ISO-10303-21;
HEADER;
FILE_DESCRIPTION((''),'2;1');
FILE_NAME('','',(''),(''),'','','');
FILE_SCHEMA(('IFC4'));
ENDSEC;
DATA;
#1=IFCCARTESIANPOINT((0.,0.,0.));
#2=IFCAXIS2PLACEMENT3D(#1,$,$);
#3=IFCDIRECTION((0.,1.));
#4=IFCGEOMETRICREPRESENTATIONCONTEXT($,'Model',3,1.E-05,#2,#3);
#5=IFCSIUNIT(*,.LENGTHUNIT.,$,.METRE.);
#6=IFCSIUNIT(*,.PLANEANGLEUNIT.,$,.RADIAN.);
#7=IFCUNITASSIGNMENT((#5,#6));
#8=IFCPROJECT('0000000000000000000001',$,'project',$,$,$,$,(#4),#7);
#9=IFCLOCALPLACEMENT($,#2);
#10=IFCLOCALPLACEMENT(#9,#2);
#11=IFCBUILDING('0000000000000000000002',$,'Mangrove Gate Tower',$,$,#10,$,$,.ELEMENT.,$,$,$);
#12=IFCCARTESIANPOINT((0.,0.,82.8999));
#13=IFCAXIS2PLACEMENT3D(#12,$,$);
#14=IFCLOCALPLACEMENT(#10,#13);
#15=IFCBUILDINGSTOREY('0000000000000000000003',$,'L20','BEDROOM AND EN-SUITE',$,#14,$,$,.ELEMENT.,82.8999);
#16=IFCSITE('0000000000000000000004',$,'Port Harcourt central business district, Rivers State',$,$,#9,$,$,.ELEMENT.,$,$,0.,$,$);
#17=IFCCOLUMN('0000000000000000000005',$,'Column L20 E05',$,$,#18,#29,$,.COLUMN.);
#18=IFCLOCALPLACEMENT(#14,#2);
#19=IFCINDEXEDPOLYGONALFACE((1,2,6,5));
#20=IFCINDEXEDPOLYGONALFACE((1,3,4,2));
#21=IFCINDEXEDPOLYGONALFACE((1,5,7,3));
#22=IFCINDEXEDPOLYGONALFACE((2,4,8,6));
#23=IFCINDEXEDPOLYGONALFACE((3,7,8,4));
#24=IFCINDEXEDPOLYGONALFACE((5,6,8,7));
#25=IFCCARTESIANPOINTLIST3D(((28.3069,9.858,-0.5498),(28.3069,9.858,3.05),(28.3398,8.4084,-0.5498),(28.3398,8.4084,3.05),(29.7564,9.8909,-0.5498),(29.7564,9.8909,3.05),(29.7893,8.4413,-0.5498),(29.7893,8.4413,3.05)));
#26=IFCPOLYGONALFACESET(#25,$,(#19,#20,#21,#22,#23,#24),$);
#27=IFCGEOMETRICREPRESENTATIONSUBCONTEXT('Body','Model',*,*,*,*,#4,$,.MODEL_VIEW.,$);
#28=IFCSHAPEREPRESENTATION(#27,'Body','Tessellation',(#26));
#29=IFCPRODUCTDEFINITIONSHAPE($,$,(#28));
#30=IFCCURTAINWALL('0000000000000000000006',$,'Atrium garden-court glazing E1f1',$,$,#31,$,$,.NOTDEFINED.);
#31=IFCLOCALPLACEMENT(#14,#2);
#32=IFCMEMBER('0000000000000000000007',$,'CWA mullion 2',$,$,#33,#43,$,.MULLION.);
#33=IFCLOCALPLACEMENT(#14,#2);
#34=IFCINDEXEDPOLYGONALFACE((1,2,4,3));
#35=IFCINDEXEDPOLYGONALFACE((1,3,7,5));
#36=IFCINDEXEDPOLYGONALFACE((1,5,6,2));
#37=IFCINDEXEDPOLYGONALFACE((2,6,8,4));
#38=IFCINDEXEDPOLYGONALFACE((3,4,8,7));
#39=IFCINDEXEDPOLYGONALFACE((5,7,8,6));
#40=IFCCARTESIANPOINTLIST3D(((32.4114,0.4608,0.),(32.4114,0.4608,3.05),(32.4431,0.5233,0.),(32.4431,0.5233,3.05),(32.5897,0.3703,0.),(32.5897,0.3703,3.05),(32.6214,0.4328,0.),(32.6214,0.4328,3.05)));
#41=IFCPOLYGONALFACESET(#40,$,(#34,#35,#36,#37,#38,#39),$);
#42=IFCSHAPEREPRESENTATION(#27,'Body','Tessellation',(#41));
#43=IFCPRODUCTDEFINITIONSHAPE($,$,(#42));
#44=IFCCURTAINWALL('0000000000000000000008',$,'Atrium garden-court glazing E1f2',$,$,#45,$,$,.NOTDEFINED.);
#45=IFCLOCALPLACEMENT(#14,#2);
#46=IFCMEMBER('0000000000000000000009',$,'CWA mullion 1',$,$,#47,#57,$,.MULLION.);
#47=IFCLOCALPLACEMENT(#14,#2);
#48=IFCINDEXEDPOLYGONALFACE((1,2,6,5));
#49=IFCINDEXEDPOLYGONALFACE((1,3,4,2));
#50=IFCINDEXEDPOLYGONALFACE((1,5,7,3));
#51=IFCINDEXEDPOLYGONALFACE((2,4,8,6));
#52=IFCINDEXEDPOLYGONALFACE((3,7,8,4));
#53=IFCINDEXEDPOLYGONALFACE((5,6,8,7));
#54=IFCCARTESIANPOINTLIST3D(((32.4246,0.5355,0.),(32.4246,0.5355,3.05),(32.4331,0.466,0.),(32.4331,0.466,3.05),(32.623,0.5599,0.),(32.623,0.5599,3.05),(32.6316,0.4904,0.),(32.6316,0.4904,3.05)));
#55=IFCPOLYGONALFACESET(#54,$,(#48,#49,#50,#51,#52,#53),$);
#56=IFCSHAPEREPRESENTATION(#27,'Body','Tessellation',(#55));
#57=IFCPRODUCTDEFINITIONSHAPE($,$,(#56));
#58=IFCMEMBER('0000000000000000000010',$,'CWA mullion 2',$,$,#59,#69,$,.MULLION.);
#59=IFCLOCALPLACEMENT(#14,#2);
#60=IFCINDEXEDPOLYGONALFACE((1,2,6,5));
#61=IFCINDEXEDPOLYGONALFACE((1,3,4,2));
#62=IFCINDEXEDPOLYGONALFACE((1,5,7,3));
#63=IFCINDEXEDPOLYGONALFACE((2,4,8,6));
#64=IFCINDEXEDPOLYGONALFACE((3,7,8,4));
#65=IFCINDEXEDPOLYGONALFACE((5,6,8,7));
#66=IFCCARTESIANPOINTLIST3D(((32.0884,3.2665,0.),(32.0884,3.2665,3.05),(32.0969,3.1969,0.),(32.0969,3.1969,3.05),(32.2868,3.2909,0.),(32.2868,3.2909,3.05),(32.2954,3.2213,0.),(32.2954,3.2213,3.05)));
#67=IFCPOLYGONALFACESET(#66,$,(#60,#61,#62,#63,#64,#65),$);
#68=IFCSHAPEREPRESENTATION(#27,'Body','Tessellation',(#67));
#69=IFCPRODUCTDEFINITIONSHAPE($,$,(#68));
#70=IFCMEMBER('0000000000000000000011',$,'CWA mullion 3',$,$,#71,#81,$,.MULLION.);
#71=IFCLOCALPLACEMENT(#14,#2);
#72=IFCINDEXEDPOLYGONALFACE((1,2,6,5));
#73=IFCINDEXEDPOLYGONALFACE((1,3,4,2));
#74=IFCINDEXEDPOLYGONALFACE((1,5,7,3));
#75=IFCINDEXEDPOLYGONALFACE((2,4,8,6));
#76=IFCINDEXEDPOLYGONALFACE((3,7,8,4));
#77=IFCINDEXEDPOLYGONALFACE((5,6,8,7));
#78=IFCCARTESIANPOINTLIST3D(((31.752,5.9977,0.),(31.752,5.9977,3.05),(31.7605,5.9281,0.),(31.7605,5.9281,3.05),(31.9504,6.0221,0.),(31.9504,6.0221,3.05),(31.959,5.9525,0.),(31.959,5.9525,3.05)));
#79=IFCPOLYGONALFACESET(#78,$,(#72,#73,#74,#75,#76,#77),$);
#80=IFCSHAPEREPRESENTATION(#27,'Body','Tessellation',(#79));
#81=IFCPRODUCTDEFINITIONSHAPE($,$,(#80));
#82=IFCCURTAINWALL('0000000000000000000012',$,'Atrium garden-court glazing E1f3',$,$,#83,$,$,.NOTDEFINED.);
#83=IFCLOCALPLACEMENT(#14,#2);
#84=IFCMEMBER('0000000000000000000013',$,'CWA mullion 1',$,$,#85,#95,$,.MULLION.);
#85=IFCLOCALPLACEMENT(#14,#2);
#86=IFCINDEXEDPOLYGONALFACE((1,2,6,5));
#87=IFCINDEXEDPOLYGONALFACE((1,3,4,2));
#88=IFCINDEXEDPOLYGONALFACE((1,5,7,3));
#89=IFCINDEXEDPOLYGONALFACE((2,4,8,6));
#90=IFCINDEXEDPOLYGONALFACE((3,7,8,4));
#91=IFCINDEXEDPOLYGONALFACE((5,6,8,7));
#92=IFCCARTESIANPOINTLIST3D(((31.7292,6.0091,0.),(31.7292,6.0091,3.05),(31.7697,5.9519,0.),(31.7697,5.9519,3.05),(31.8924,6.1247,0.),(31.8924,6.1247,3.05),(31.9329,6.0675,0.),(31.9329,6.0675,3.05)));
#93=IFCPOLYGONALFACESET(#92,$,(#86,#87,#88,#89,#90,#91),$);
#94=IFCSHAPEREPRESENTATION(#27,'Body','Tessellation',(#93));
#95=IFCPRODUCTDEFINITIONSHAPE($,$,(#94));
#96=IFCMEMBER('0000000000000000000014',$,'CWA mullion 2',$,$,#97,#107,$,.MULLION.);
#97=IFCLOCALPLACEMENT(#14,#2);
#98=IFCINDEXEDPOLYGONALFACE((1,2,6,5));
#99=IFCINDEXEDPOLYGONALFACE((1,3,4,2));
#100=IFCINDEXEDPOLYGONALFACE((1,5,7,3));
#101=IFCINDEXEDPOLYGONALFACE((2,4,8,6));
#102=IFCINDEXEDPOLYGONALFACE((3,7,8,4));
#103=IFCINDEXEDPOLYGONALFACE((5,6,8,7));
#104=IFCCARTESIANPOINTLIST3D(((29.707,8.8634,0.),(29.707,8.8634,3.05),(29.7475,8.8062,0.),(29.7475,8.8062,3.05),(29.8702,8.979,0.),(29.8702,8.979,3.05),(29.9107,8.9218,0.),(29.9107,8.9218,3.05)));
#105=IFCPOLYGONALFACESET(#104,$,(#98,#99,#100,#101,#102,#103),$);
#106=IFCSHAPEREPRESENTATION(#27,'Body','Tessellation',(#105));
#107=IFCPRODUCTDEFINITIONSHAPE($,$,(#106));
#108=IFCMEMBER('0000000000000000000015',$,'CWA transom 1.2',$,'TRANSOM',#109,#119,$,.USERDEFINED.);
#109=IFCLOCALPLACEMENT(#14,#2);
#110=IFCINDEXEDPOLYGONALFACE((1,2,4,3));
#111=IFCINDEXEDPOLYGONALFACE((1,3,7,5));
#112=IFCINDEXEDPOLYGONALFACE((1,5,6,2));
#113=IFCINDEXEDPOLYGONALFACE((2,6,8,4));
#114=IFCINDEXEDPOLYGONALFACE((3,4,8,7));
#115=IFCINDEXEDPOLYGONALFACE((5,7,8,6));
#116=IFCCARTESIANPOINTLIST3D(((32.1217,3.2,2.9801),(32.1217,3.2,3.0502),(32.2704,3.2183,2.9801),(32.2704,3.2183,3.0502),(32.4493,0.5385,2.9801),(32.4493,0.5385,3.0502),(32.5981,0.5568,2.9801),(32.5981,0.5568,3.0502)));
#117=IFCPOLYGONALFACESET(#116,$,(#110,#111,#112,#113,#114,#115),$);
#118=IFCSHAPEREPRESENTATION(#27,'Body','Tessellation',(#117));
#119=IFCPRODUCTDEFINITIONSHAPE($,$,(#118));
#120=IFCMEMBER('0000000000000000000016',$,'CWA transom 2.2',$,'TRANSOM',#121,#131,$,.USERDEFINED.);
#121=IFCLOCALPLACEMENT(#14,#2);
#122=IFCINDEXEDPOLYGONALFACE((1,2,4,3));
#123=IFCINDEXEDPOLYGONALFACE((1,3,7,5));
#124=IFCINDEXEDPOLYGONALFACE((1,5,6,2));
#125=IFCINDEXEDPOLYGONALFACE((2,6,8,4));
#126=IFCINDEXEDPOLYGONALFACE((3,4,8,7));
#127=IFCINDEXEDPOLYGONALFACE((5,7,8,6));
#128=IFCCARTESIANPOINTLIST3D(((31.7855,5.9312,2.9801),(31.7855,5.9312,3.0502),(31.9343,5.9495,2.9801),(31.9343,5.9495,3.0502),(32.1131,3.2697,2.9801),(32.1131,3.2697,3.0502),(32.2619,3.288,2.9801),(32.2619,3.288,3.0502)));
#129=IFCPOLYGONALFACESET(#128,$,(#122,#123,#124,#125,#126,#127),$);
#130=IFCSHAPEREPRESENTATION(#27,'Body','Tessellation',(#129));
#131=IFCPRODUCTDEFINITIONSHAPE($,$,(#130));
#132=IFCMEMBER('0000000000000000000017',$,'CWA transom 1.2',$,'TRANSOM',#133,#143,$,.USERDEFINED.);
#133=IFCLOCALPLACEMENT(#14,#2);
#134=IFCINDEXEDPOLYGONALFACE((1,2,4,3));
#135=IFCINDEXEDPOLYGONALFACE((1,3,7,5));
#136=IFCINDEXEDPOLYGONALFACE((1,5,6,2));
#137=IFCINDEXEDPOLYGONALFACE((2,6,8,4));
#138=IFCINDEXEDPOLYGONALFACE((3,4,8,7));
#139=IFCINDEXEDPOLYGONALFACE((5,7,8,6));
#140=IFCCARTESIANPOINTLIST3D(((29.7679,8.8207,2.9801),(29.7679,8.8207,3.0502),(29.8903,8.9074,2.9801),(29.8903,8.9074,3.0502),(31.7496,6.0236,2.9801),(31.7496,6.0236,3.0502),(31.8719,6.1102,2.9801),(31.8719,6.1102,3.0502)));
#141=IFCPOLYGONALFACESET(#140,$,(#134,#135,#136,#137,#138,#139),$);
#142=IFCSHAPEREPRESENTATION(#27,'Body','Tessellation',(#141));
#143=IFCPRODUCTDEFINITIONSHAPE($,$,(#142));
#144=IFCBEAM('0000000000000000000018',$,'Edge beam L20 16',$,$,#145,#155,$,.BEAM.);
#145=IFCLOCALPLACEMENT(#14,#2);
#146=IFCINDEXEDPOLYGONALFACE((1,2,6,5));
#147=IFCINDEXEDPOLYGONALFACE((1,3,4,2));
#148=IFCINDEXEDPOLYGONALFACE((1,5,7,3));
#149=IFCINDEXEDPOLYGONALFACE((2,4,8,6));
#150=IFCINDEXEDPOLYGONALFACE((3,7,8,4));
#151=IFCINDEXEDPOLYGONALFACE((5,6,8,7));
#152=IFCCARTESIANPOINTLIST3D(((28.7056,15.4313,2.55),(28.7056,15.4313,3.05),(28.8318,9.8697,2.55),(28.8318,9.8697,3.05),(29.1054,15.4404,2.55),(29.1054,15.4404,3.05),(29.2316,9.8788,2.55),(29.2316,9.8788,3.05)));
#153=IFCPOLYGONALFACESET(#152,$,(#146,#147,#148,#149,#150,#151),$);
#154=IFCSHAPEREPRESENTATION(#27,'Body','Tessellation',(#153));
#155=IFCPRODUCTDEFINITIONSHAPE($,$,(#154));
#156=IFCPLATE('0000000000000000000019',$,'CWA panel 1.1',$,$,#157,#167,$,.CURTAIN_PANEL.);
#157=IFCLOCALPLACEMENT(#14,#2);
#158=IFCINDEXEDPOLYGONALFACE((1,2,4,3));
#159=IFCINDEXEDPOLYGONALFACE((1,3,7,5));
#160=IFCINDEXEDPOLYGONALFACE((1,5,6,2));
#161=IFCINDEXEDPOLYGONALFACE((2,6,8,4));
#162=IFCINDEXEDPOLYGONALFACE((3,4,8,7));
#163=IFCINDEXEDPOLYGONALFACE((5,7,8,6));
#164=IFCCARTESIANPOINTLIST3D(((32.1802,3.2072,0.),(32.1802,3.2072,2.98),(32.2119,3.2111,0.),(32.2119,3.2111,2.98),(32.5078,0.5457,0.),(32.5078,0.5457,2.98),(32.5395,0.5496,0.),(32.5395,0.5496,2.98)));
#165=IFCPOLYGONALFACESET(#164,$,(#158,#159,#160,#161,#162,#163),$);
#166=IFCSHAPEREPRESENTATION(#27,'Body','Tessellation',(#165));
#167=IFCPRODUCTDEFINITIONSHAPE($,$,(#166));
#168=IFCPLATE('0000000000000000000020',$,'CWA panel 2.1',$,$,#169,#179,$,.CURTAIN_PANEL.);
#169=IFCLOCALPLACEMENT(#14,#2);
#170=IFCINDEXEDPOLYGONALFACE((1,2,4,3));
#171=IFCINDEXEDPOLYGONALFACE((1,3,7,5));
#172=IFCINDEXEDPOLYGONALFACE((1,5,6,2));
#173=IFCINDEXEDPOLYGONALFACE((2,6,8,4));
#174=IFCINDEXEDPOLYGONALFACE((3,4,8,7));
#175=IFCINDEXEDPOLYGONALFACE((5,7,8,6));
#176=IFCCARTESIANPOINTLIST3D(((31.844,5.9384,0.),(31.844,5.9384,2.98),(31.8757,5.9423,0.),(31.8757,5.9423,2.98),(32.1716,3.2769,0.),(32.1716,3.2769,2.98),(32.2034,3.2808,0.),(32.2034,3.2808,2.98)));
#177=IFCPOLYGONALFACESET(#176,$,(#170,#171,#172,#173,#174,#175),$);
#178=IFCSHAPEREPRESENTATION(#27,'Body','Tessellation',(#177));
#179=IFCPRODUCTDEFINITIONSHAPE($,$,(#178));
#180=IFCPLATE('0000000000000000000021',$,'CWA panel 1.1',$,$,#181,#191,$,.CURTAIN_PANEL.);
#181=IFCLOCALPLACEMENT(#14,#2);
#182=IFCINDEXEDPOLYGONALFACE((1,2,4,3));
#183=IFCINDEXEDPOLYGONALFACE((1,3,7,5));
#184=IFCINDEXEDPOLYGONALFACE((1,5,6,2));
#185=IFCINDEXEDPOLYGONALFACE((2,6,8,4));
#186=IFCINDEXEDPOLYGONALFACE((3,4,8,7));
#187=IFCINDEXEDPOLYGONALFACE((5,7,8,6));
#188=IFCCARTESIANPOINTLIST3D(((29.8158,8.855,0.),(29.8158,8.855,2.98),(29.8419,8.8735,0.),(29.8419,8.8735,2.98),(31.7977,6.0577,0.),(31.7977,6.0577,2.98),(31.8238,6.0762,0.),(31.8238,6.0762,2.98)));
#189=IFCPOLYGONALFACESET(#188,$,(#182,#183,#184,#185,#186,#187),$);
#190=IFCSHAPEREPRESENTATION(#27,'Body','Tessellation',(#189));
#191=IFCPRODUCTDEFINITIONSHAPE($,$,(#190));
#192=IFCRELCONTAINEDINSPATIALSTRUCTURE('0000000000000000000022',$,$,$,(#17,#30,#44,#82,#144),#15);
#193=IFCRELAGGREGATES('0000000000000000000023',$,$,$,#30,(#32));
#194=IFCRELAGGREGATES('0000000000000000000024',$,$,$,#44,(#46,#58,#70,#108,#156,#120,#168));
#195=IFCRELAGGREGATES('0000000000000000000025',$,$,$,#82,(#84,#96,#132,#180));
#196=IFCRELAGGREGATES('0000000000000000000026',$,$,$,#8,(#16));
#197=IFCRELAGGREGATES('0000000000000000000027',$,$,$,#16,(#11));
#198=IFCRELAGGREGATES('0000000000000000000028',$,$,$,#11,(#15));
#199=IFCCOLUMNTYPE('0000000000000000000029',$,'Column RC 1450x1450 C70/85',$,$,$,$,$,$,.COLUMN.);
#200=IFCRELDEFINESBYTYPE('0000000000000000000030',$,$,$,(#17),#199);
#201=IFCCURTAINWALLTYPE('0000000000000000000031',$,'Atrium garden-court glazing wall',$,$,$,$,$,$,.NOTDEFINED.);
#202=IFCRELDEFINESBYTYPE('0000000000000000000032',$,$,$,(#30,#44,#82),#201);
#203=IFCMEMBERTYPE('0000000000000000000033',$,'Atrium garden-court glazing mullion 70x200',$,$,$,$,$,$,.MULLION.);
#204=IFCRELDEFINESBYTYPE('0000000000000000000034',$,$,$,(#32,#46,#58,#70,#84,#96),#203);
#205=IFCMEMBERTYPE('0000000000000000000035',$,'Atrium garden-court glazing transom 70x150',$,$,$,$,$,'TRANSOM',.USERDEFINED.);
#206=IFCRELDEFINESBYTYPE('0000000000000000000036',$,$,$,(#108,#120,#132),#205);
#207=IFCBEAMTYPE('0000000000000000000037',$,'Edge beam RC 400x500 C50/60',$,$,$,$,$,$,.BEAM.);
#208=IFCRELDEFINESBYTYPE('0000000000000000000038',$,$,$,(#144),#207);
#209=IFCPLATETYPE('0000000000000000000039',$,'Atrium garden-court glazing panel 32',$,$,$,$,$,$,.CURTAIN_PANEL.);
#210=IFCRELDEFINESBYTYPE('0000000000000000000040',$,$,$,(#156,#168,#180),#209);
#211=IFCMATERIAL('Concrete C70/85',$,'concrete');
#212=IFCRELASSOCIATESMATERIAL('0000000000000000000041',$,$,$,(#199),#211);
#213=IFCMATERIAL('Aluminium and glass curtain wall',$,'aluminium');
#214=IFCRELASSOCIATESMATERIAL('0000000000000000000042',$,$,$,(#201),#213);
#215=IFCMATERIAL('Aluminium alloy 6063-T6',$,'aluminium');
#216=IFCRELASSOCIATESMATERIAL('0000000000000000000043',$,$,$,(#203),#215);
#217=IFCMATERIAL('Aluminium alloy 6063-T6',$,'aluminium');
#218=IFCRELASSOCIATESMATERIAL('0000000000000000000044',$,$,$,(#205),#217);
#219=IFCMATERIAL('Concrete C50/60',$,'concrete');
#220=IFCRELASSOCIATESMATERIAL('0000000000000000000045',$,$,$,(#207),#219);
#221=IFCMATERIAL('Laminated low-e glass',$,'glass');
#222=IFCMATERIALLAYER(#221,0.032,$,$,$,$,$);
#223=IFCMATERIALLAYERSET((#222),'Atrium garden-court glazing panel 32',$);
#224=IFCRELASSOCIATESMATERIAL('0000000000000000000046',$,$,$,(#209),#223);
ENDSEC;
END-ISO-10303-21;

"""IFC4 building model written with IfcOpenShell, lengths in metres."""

from ifc_helpers import new_model, si_unit, direction, frame, origin, origin_2d, place, context, subcontext, project, spatial, rectangle, extrude, material, layer, layer_set, material_profile, profile_set, type_object, element, aggregate, save


model = new_model("IFC4")

# Units and contexts
model_context = context("Model", 3, precision=1e-05, world=origin(), true_north=direction((0.0, 1.0)))
body_context = subcontext(model_context, "Body", "Model", "MODEL_VIEW")
ifc_project = project(units=[si_unit("LENGTHUNIT", "METRE"), si_unit("PLANEANGLEUNIT", "RADIAN")], contexts=[model_context])

# Site, building, storey
site_placement = place(None, origin())
site = spatial("IfcSite", under=ifc_project, at=site_placement, Name="Port Harcourt central business district, Rivers State", CompositionType="ELEMENT", RefElevation=0.0)
building_placement = place(site_placement, origin())
building = spatial("IfcBuilding", under=site, at=building_placement, Name="Mangrove Gate Tower", CompositionType="ELEMENT")
storey_placement = place(building_placement, frame((0.0, 0.0, 82.8999)))
storey = spatial("IfcBuildingStorey", under=building, at=storey_placement, Name="L20", Description="BEDROOM AND EN-SUITE", CompositionType="ELEMENT", Elevation=82.8999)

# Column
ifc_material_1 = material(Name="Concrete C70/85", Category="concrete")
ifc_material_profile_1 = material_profile(ifc_material_1, rectangle(XDim=1.45, YDim=1.45, at=origin_2d()))
ifc_profile_set_1 = profile_set([ifc_material_profile_1], Name="Concrete C70/85")
column_type = type_object("IfcColumnType", Name="Column RC 1450x1450 C70/85", PredefinedType="COLUMN", material=ifc_profile_set_1)
column_placement = place(storey_placement, frame((29.0481, 9.1497, -0.5498), z_axis=(0.0, 0.0, 1.0), x_axis=(-0.022684, 0.999743, 0.0)))
element("IfcColumn", 1, at=column_placement, inside=storey, type_object=column_type, Name="Column L20 E05", PredefinedType="COLUMN", context=body_context, shape_type="SweptSolid", body=[
    extrude(rectangle(XDim=1.45, YDim=1.45, at=origin_2d()), origin(), (0.0, 0.0, 1.0), 3.5999),
])

# Curtain wall, member
ifc_material_2 = material(Name="Aluminium and glass curtain wall", Category="aluminium")
curtain_wall_type = type_object("IfcCurtainWallType", Name="Atrium garden-court glazing wall", PredefinedType="NOTDEFINED", material=ifc_material_2)
curtain_wall_1_placement = place(storey_placement, origin())
curtain_wall_1 = element("IfcCurtainWall", 2, at=curtain_wall_1_placement, inside=storey, type_object=curtain_wall_type, Name="Atrium garden-court glazing E1f1", PredefinedType="NOTDEFINED")
ifc_material_3 = material(Name="Aluminium alloy 6063-T6", Category="aluminium")
ifc_material_profile_2 = material_profile(ifc_material_3, rectangle(XDim=0.0701, YDim=0.2, at=origin_2d()))
ifc_profile_set_2 = profile_set([ifc_material_profile_2], Name="Aluminium alloy 6063-T6")
member_type_1 = type_object("IfcMemberType", Name="Atrium garden-court glazing mullion 70x200", PredefinedType="MULLION", material=ifc_profile_set_2)
member_1_placement = place(storey_placement, frame((32.5164, 0.4468, 0.0), z_axis=(0.0, 0.0, 1.0), x_axis=(0.452581, 0.891723, 0.0)))
member_1 = element("IfcMember", 3, at=member_1_placement, type_object=member_type_1, Name="CWA mullion 2", PredefinedType="MULLION", context=body_context, shape_type="SweptSolid", body=[
    extrude(rectangle(XDim=0.0701, YDim=0.2, at=origin_2d()), origin(), (0.0, 0.0, 1.0), 3.05),
])
aggregate(curtain_wall_1, [member_1])

# Curtain walls, members
curtain_wall_2_placement = place(storey_placement, origin())
curtain_wall_2 = element("IfcCurtainWall", 4, at=curtain_wall_2_placement, inside=storey, type_object=curtain_wall_type, Name="Atrium garden-court glazing E1f2", PredefinedType="NOTDEFINED")
member_2_placement = place(storey_placement, frame((32.5281, 0.5129, 0.0), z_axis=(0.0, 0.0, 1.0), x_axis=(-0.122172, 0.992509, 0.0)))
member_2 = element("IfcMember", 5, at=member_2_placement, type_object=member_type_1, Name="CWA mullion 1", PredefinedType="MULLION", context=body_context, shape_type="SweptSolid", body=[
    extrude(rectangle(XDim=0.0701, YDim=0.2, at=origin_2d()), origin(), (0.0, 0.0, 1.0), 3.05),
])
member_3_placement = place(storey_placement, frame((32.1919, 3.2439, 0.0), z_axis=(0.0, 0.0, 1.0), x_axis=(-0.122172, 0.992509, 0.0)))
member_3 = element("IfcMember", 6, at=member_3_placement, type_object=member_type_1, Name="CWA mullion 2", PredefinedType="MULLION", context=body_context, shape_type="SweptSolid", body=[
    extrude(rectangle(XDim=0.0701, YDim=0.2, at=origin_2d()), origin(), (0.0, 0.0, 1.0), 3.05),
])
member_4_placement = place(storey_placement, frame((31.8555, 5.9751, 0.0), z_axis=(0.0, 0.0, 1.0), x_axis=(-0.122172, 0.992509, 0.0)))
member_4 = element("IfcMember", 7, at=member_4_placement, type_object=member_type_1, Name="CWA mullion 3", PredefinedType="MULLION", context=body_context, shape_type="SweptSolid", body=[
    extrude(rectangle(XDim=0.0701, YDim=0.2, at=origin_2d()), origin(), (0.0, 0.0, 1.0), 3.05),
])
curtain_wall_3_placement = place(storey_placement, origin())
curtain_wall_3 = element("IfcCurtainWall", 8, at=curtain_wall_3_placement, inside=storey, type_object=curtain_wall_type, Name="Atrium garden-court glazing E1f3", PredefinedType="NOTDEFINED")
member_5_placement = place(storey_placement, frame((31.8311, 6.0383, 0.0), z_axis=(0.0, 0.0, 1.0), x_axis=(-0.578109, 0.815959, 0.0)))
member_5 = element("IfcMember", 9, at=member_5_placement, type_object=member_type_1, Name="CWA mullion 1", PredefinedType="MULLION", context=body_context, shape_type="SweptSolid", body=[
    extrude(rectangle(XDim=0.0701, YDim=0.2, at=origin_2d()), origin(), (0.0, 0.0, 1.0), 3.05),
])
member_6_placement = place(storey_placement, frame((29.8088, 8.8926, 0.0), z_axis=(0.0, 0.0, 1.0), x_axis=(-0.578109, 0.815959, 0.0)))
member_6 = element("IfcMember", 10, at=member_6_placement, type_object=member_type_1, Name="CWA mullion 2", PredefinedType="MULLION", context=body_context, shape_type="SweptSolid", body=[
    extrude(rectangle(XDim=0.0701, YDim=0.2, at=origin_2d()), origin(), (0.0, 0.0, 1.0), 3.05),
])

# Members
ifc_material_4 = material(Name="Aluminium alloy 6063-T6", Category="aluminium")
ifc_material_profile_3 = material_profile(ifc_material_4, rectangle(XDim=0.0701, YDim=0.1499, at=origin_2d()))
ifc_profile_set_3 = profile_set([ifc_material_profile_3], Name="Aluminium alloy 6063-T6")
member_type_2 = type_object("IfcMemberType", Name="Atrium garden-court glazing transom 70x150", ElementType="TRANSOM", PredefinedType="USERDEFINED", material=ifc_profile_set_3)
member_7_placement = place(storey_placement, frame((32.5237, 0.5476, 3.0151), z_axis=(-0.122175, 0.992509, 0.0), x_axis=(0.0, 0.0, 1.0)))
member_7 = element("IfcMember", 11, at=member_7_placement, type_object=member_type_2, Name="CWA transom 1.2", ObjectType="TRANSOM", PredefinedType="USERDEFINED", context=body_context, shape_type="SweptSolid", body=[
    extrude(rectangle(XDim=0.0701, YDim=0.1499, at=origin_2d()), origin(), (0.0, 0.0, 1.0), 2.6816),
])
member_8_placement = place(storey_placement, frame((32.1875, 3.2788, 3.0151), z_axis=(-0.122175, 0.992509, 0.0), x_axis=(0.0, 0.0, 1.0)))
member_8 = element("IfcMember", 12, at=member_8_placement, type_object=member_type_2, Name="CWA transom 2.2", ObjectType="TRANSOM", PredefinedType="USERDEFINED", context=body_context, shape_type="SweptSolid", body=[
    extrude(rectangle(XDim=0.0701, YDim=0.1499, at=origin_2d()), origin(), (0.0, 0.0, 1.0), 2.6816),
])
member_9_placement = place(storey_placement, frame((31.8108, 6.0669, 3.0151), z_axis=(-0.578094, 0.81597, 0.0), x_axis=(0.0, 0.0, 1.0)))
member_9 = element("IfcMember", 13, at=member_9_placement, type_object=member_type_2, Name="CWA transom 1.2", ObjectType="TRANSOM", PredefinedType="USERDEFINED", context=body_context, shape_type="SweptSolid", body=[
    extrude(rectangle(XDim=0.0701, YDim=0.1499, at=origin_2d()), origin(), (0.0, 0.0, 1.0), 3.428),
])

# Beam
ifc_material_5 = material(Name="Concrete C50/60", Category="concrete")
ifc_material_profile_4 = material_profile(ifc_material_5, rectangle(XDim=0.3999, YDim=0.5, at=origin_2d()))
ifc_profile_set_4 = profile_set([ifc_material_profile_4], Name="Concrete C50/60")
beam_type = type_object("IfcBeamType", Name="Edge beam RC 400x500 C50/60", PredefinedType="BEAM", material=ifc_profile_set_4)
beam_placement = place(storey_placement, frame((29.0317, 9.8743, 2.8), z_axis=(-0.02269, 0.999743, 0.0), x_axis=(-0.999743, -0.02269, 0.0)))
element("IfcBeam", 14, at=beam_placement, inside=storey, type_object=beam_type, Name="Edge beam L20 16", PredefinedType="BEAM", context=body_context, shape_type="SweptSolid", body=[
    extrude(rectangle(XDim=0.3999, YDim=0.5, at=origin_2d()), origin(), (0.0, 0.0, 1.0), 5.563),
])

# Plates
ifc_material_6 = material(Name="Laminated low-e glass", Category="glass")
ifc_layer_1 = layer(ifc_material_6, 0.032)
ifc_layer_set_1 = layer_set([ifc_layer_1], Name="Atrium garden-court glazing panel 32")
plate_type = type_object("IfcPlateType", Name="Atrium garden-court glazing panel 32", PredefinedType="CURTAIN_PANEL", material=ifc_layer_set_1)
plate_1_placement = place(storey_placement, frame((32.3599, 1.8784, 0.0), z_axis=(0.0, 0.0, 1.0), x_axis=(-0.122172, 0.992509, 0.0)))
plate_1 = element("IfcPlate", 15, at=plate_1_placement, type_object=plate_type, Name="CWA panel 1.1", PredefinedType="CURTAIN_PANEL", context=body_context, shape_type="SweptSolid", body=[
    extrude(rectangle(XDim=2.6816, YDim=0.032, at=origin_2d()), origin(), (0.0, 0.0, 1.0), 2.98),
])
plate_2_placement = place(storey_placement, frame((32.0237, 4.6096, 0.0), z_axis=(0.0, 0.0, 1.0), x_axis=(-0.122172, 0.992509, 0.0)))
plate_2 = element("IfcPlate", 16, at=plate_2_placement, type_object=plate_type, Name="CWA panel 2.1", PredefinedType="CURTAIN_PANEL", context=body_context, shape_type="SweptSolid", body=[
    extrude(rectangle(XDim=2.6816, YDim=0.032, at=origin_2d()), origin(), (0.0, 0.0, 1.0), 2.98),
])
aggregate(curtain_wall_2, [member_2, member_3, member_4, member_7, plate_1, member_8, plate_2])
plate_3_placement = place(storey_placement, frame((30.8198, 7.4656, 0.0), z_axis=(0.0, 0.0, 1.0), x_axis=(-0.578109, 0.815959, 0.0)))
plate_3 = element("IfcPlate", 17, at=plate_3_placement, type_object=plate_type, Name="CWA panel 1.1", PredefinedType="CURTAIN_PANEL", context=body_context, shape_type="SweptSolid", body=[
    extrude(rectangle(XDim=3.4282, YDim=0.032, at=origin_2d()), origin(), (0.0, 0.0, 1.0), 2.98),
])
aggregate(curtain_wall_3, [member_5, member_6, member_9, plate_3])

save(model, "model.ifc")
